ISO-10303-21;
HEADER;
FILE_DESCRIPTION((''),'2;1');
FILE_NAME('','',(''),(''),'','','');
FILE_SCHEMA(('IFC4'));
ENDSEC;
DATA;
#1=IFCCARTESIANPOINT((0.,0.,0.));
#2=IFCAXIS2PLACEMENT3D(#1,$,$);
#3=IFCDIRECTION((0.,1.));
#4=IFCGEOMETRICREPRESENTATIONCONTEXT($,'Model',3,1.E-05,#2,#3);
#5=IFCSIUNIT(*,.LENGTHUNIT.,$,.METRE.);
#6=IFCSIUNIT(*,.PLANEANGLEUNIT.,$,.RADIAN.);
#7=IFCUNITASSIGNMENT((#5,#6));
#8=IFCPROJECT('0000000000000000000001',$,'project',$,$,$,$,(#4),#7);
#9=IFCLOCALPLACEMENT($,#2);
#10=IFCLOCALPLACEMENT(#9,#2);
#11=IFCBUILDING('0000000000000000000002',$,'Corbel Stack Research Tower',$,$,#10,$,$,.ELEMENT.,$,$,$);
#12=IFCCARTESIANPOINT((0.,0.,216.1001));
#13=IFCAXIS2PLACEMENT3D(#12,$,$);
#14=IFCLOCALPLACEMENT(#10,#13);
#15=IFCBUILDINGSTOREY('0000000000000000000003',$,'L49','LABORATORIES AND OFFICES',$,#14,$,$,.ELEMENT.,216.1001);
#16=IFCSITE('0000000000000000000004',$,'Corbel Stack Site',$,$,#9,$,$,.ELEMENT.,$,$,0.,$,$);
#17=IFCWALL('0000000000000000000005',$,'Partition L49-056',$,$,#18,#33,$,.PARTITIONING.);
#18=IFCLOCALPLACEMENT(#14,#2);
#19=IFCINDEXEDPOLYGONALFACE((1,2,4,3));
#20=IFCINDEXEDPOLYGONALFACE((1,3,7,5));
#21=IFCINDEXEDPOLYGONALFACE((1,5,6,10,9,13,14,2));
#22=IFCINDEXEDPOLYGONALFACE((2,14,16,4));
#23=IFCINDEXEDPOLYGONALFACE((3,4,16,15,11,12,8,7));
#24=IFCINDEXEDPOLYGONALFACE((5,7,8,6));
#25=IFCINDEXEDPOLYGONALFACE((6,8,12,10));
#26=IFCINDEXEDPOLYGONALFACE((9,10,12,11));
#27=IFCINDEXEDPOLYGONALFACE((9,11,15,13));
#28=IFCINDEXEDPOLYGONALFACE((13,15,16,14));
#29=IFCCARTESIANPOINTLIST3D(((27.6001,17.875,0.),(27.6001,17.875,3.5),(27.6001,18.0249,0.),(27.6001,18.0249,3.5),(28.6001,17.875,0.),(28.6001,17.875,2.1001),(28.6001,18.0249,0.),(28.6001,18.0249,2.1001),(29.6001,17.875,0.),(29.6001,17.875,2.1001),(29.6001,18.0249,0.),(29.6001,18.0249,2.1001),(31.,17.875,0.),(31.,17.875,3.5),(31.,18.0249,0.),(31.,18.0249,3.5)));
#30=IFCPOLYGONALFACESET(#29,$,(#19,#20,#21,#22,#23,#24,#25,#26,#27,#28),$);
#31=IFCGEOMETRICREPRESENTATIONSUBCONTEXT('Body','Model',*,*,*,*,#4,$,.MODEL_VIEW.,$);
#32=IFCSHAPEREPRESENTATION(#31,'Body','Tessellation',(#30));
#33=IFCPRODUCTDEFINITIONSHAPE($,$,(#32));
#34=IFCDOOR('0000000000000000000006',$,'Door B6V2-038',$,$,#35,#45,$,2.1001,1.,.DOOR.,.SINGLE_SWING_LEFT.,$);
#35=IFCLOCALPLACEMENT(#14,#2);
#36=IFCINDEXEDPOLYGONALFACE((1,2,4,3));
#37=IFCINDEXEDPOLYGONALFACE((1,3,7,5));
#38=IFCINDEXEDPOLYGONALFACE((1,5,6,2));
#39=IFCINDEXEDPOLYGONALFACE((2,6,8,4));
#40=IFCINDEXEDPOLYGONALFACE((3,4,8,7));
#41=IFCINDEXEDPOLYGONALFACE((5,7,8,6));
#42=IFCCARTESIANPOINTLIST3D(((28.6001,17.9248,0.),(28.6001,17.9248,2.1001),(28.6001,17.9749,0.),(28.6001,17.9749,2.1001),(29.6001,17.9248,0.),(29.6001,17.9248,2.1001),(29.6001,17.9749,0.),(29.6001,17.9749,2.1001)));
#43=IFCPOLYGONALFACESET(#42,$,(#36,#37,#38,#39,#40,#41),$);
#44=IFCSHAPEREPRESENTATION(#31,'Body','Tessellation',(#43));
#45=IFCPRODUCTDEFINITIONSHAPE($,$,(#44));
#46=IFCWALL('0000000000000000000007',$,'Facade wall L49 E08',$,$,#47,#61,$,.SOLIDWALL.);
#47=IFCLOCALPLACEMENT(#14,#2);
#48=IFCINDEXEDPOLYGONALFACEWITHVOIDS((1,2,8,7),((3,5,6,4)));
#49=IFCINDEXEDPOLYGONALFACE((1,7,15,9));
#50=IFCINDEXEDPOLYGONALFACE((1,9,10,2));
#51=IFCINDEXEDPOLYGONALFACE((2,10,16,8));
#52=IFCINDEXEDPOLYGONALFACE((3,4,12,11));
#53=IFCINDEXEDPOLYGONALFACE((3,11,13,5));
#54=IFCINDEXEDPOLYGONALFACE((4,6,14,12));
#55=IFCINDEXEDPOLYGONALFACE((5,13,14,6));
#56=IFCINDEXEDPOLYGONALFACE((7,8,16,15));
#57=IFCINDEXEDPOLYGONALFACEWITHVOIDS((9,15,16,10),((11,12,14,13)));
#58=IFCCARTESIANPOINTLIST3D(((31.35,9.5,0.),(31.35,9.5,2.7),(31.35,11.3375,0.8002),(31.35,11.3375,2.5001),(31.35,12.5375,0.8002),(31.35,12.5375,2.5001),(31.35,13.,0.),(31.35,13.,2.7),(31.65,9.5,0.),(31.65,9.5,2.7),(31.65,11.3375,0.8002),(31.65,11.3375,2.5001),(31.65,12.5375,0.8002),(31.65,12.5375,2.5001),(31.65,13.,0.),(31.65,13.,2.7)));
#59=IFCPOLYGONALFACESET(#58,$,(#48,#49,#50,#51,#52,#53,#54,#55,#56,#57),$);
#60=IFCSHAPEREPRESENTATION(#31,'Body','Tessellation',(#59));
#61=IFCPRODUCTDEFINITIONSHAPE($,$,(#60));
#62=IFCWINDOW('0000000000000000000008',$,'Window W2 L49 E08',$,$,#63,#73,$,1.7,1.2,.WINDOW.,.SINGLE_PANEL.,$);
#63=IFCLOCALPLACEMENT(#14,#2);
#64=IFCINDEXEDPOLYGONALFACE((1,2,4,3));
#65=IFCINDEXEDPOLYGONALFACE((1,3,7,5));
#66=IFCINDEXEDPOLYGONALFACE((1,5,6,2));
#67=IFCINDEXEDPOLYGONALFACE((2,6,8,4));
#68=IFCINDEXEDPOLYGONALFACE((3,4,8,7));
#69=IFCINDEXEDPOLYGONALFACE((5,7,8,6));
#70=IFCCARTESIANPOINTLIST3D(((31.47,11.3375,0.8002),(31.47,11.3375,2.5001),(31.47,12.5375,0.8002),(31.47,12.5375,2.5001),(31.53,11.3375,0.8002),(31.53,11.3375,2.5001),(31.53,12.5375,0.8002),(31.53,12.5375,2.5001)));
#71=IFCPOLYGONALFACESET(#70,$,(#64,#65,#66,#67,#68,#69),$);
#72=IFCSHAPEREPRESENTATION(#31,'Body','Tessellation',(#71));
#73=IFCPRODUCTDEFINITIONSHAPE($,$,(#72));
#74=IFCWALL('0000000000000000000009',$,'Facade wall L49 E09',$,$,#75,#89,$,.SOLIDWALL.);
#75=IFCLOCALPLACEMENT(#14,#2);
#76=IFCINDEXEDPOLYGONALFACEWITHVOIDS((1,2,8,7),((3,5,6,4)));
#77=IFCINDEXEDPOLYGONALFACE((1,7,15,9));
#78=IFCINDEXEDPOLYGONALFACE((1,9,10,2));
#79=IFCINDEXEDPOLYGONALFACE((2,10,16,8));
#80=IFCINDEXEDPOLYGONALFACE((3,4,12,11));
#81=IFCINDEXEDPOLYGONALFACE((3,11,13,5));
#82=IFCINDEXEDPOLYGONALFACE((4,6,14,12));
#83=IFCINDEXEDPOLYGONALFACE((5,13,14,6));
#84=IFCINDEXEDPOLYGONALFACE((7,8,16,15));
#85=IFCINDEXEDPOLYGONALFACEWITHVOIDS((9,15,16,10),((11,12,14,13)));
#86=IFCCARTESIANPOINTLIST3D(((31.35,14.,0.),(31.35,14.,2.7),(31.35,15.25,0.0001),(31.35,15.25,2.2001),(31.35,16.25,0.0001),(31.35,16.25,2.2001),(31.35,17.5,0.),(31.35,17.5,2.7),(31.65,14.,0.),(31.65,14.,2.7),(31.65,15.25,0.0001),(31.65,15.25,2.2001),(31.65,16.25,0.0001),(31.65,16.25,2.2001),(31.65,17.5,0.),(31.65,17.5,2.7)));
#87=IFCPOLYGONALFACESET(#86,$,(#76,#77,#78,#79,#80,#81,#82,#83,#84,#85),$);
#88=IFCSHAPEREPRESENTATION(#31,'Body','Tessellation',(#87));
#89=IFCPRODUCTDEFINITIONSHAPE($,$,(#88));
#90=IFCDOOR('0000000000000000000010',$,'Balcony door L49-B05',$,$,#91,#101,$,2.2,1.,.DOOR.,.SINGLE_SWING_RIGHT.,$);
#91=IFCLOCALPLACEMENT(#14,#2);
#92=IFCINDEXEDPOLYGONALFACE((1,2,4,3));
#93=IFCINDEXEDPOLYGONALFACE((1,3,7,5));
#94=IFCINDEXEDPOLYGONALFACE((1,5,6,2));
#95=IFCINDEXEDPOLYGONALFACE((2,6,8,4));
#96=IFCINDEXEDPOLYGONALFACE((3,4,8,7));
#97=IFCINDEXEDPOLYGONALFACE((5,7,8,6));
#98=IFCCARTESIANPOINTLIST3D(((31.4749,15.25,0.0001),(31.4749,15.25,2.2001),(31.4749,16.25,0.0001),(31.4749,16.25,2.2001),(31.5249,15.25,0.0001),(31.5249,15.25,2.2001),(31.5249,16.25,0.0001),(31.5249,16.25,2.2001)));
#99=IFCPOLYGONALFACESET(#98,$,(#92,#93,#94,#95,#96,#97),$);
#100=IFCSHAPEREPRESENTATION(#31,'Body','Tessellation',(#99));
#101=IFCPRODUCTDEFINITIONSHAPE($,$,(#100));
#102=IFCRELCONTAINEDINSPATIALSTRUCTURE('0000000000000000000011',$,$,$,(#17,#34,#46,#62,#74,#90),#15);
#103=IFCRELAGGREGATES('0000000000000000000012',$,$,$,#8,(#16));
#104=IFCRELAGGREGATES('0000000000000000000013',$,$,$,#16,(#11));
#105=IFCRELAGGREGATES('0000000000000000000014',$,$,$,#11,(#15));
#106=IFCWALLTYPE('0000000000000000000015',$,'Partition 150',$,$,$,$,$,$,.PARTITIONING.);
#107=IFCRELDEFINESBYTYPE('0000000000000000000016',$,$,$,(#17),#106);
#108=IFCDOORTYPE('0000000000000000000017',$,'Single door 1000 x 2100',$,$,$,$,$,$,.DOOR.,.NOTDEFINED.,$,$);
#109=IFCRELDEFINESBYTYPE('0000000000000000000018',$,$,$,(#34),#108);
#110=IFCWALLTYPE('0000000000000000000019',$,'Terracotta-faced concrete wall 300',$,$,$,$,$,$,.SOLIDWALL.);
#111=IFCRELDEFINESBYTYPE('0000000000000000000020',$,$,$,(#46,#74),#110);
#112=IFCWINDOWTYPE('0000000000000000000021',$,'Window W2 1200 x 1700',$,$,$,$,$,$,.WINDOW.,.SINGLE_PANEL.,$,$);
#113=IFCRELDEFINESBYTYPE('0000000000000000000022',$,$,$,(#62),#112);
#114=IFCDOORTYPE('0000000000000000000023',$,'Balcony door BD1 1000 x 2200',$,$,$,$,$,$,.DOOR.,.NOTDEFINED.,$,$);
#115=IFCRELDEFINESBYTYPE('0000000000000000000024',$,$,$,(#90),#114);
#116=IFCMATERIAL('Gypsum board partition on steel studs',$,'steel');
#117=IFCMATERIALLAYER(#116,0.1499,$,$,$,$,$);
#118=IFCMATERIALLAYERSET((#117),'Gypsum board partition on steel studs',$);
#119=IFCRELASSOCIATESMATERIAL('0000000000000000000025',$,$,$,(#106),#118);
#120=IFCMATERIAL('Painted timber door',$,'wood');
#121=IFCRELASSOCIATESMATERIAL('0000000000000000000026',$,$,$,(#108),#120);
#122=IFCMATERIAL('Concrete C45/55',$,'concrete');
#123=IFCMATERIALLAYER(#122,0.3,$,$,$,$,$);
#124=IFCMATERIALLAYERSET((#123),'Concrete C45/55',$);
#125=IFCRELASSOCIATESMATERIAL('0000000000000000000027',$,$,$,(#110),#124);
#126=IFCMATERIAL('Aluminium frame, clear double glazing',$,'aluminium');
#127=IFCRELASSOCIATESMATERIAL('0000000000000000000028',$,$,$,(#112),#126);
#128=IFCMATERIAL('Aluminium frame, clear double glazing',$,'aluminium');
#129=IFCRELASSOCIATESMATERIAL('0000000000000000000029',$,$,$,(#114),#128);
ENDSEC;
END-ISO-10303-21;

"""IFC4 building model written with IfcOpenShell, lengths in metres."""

from ifc_helpers import new_model, si_unit, direction, frame, frame_2d, origin, place, context, subcontext, project, spatial, rectangle, extrude, material, layer, layer_set, type_object, element, fill, save


model = new_model("IFC4")

# Units and contexts
model_context = context("Model", 3, precision=1e-05, world=origin(), true_north=direction((0.0, 1.0)))
body_context = subcontext(model_context, "Body", "Model", "MODEL_VIEW")
ifc_project = project(units=[si_unit("LENGTHUNIT", "METRE"), si_unit("PLANEANGLEUNIT", "RADIAN")], contexts=[model_context])

# Site, building, storey
site_placement = place(None, origin())
site = spatial("IfcSite", under=ifc_project, at=site_placement, Name="Corbel Stack Site", CompositionType="ELEMENT", RefElevation=0.0)
building_placement = place(site_placement, origin())
building = spatial("IfcBuilding", under=site, at=building_placement, Name="Corbel Stack Research Tower", CompositionType="ELEMENT")
storey_placement = place(building_placement, frame((0.0, 0.0, 216.1001)))
storey = spatial("IfcBuildingStorey", under=building, at=storey_placement, Name="L49", Description="LABORATORIES AND OFFICES", CompositionType="ELEMENT", Elevation=216.1001)

# Shared definitions
ifc_material_1 = material(Name="Gypsum board partition on steel studs", Category="steel")
ifc_layer_1 = layer(ifc_material_1, 0.1499)
ifc_layer_set_1 = layer_set([ifc_layer_1], Name="Gypsum board partition on steel studs")
wall_type_1 = type_object("IfcWallType", Name="Partition 150", PredefinedType="PARTITIONING", material=ifc_layer_set_1)
ifc_material_2 = material(Name="Painted timber door", Category="wood")
door_type_1 = type_object("IfcDoorType", Name="Single door 1000 x 2100", OperationType="NOTDEFINED", PredefinedType="DOOR", material=ifc_material_2)

# Wall, opening, door
wall_1_placement = place(storey_placement, frame((27.6001, 17.95, 0.0), z_axis=(0.0, 0.0, 1.0), x_axis=(1.0, 0.0, 0.0)))
wall_1 = element("IfcWall", 1, at=wall_1_placement, inside=storey, type_object=wall_type_1, Name="Partition L49-056", PredefinedType="PARTITIONING", context=body_context, shape_type="SweptSolid", body=[
    extrude(rectangle(XDim=3.3999, YDim=0.1499, at=frame_2d((1.7, 0.0))), origin(), (0.0, 0.0, 1.0), 3.5),
])
opening_1_placement = place(wall_1_placement, frame((1.0, 0.0, 0.0)))
opening_1 = element("IfcOpeningElement", 2, at=opening_1_placement, cuts=wall_1, PredefinedType="OPENING", context=body_context, shape_type="SweptSolid", body=[
    extrude(rectangle(XDim=1.0, YDim=2.1001, at=frame_2d((0.5, 1.05))), frame((0.0, 0.085, 0.0), z_axis=(0.0, -1.0, 0.0), x_axis=(1.0, 0.0, 0.0)), (0.0, 0.0, 1.0), 0.1699),
])
door_1_placement = place(opening_1_placement, origin())
door_1 = element("IfcDoor", 3, at=door_1_placement, inside=storey, type_object=door_type_1, Name="Door B6V2-038", OperationType="SINGLE_SWING_LEFT", OverallHeight=2.1001, OverallWidth=1.0, PredefinedType="DOOR", context=body_context, shape_type="SweptSolid", body=[
    extrude(rectangle(XDim=1.0, YDim=2.1001, at=frame_2d((0.5, 1.05))), frame((0.0, 0.0249, 0.0), z_axis=(0.0, -1.0, 0.0), x_axis=(1.0, 0.0, 0.0)), (0.0, 0.0, 1.0), 0.05),
])
fill(opening_1, door_1)

# Wall, opening, window
ifc_material_3 = material(Name="Concrete C45/55", Category="concrete")
ifc_layer_2 = layer(ifc_material_3, 0.3)
ifc_layer_set_2 = layer_set([ifc_layer_2], Name="Concrete C45/55")
wall_type_2 = type_object("IfcWallType", Name="Terracotta-faced concrete wall 300", PredefinedType="SOLIDWALL", material=ifc_layer_set_2)
wall_2_placement = place(storey_placement, frame((31.5, 13.0, 0.0), z_axis=(0.0, 0.0, 1.0), x_axis=(0.0, -1.0, 0.0)))
wall_2 = element("IfcWall", 4, at=wall_2_placement, inside=storey, type_object=wall_type_2, Name="Facade wall L49 E08", PredefinedType="SOLIDWALL", context=body_context, shape_type="SweptSolid", body=[
    extrude(rectangle(XDim=3.5, YDim=0.3, at=frame_2d((1.75, 0.0))), origin(), (0.0, 0.0, 1.0), 2.7),
])
opening_2_placement = place(wall_2_placement, frame((0.4624, 0.0, 0.8)))
opening_2 = element("IfcOpeningElement", 5, at=opening_2_placement, cuts=wall_2, PredefinedType="OPENING", context=body_context, shape_type="SweptSolid", body=[
    extrude(rectangle(XDim=1.2, YDim=1.7, at=frame_2d((0.6001, 0.8501))), frame((0.0, 0.1599, 0.0), z_axis=(0.0, -1.0, 0.0), x_axis=(1.0, 0.0, 0.0)), (0.0, 0.0, 1.0), 0.3201),
])
ifc_material_4 = material(Name="Aluminium frame, clear double glazing", Category="aluminium")
window_type = type_object("IfcWindowType", Name="Window W2 1200 x 1700", PartitioningType="SINGLE_PANEL", PredefinedType="WINDOW", material=ifc_material_4)
window_placement = place(opening_2_placement, origin())
window = element("IfcWindow", 6, at=window_placement, inside=storey, type_object=window_type, Name="Window W2 L49 E08", OverallHeight=1.7, OverallWidth=1.2, PartitioningType="SINGLE_PANEL", PredefinedType="WINDOW", context=body_context, shape_type="SweptSolid", body=[
    extrude(rectangle(XDim=1.2, YDim=1.7, at=frame_2d((0.6001, 0.8501))), frame((0.0, 0.03, 0.0), z_axis=(0.0, -1.0, 0.0), x_axis=(1.0, 0.0, 0.0)), (0.0, 0.0, 1.0), 0.0601),
])
fill(opening_2, window)

# Wall, opening, door
wall_3_placement = place(storey_placement, frame((31.5, 17.5, 0.0), z_axis=(0.0, 0.0, 1.0), x_axis=(0.0, -1.0, 0.0)))
wall_3 = element("IfcWall", 7, at=wall_3_placement, inside=storey, type_object=wall_type_2, Name="Facade wall L49 E09", PredefinedType="SOLIDWALL", context=body_context, shape_type="SweptSolid", body=[
    extrude(rectangle(XDim=3.5, YDim=0.3, at=frame_2d((1.75, 0.0))), origin(), (0.0, 0.0, 1.0), 2.7),
])
opening_3_placement = place(wall_3_placement, frame((1.25, 0.0, 0.0)))
opening_3 = element("IfcOpeningElement", 8, at=opening_3_placement, cuts=wall_3, PredefinedType="OPENING", context=body_context, shape_type="SweptSolid", body=[
    extrude(rectangle(XDim=1.0, YDim=2.2, at=frame_2d((0.5, 1.1001))), frame((0.0, 0.1599, 0.0), z_axis=(0.0, -1.0, 0.0), x_axis=(1.0, 0.0, 0.0)), (0.0, 0.0, 1.0), 0.3201),
])
ifc_material_5 = material(Name="Aluminium frame, clear double glazing", Category="aluminium")
door_type_2 = type_object("IfcDoorType", Name="Balcony door BD1 1000 x 2200", OperationType="NOTDEFINED", PredefinedType="DOOR", material=ifc_material_5)
door_2_placement = place(opening_3_placement, origin())
door_2 = element("IfcDoor", 9, at=door_2_placement, inside=storey, type_object=door_type_2, Name="Balcony door L49-B05", OperationType="SINGLE_SWING_RIGHT", OverallHeight=2.2, OverallWidth=1.0, PredefinedType="DOOR", context=body_context, shape_type="SweptSolid", body=[
    extrude(rectangle(XDim=1.0, YDim=2.2, at=frame_2d((0.5, 1.1001))), frame((0.0, 0.0249, 0.0), z_axis=(0.0, -1.0, 0.0), x_axis=(1.0, 0.0, 0.0)), (0.0, 0.0, 1.0), 0.05),
])
fill(opening_3, door_2)

save(model, "model.ifc")
